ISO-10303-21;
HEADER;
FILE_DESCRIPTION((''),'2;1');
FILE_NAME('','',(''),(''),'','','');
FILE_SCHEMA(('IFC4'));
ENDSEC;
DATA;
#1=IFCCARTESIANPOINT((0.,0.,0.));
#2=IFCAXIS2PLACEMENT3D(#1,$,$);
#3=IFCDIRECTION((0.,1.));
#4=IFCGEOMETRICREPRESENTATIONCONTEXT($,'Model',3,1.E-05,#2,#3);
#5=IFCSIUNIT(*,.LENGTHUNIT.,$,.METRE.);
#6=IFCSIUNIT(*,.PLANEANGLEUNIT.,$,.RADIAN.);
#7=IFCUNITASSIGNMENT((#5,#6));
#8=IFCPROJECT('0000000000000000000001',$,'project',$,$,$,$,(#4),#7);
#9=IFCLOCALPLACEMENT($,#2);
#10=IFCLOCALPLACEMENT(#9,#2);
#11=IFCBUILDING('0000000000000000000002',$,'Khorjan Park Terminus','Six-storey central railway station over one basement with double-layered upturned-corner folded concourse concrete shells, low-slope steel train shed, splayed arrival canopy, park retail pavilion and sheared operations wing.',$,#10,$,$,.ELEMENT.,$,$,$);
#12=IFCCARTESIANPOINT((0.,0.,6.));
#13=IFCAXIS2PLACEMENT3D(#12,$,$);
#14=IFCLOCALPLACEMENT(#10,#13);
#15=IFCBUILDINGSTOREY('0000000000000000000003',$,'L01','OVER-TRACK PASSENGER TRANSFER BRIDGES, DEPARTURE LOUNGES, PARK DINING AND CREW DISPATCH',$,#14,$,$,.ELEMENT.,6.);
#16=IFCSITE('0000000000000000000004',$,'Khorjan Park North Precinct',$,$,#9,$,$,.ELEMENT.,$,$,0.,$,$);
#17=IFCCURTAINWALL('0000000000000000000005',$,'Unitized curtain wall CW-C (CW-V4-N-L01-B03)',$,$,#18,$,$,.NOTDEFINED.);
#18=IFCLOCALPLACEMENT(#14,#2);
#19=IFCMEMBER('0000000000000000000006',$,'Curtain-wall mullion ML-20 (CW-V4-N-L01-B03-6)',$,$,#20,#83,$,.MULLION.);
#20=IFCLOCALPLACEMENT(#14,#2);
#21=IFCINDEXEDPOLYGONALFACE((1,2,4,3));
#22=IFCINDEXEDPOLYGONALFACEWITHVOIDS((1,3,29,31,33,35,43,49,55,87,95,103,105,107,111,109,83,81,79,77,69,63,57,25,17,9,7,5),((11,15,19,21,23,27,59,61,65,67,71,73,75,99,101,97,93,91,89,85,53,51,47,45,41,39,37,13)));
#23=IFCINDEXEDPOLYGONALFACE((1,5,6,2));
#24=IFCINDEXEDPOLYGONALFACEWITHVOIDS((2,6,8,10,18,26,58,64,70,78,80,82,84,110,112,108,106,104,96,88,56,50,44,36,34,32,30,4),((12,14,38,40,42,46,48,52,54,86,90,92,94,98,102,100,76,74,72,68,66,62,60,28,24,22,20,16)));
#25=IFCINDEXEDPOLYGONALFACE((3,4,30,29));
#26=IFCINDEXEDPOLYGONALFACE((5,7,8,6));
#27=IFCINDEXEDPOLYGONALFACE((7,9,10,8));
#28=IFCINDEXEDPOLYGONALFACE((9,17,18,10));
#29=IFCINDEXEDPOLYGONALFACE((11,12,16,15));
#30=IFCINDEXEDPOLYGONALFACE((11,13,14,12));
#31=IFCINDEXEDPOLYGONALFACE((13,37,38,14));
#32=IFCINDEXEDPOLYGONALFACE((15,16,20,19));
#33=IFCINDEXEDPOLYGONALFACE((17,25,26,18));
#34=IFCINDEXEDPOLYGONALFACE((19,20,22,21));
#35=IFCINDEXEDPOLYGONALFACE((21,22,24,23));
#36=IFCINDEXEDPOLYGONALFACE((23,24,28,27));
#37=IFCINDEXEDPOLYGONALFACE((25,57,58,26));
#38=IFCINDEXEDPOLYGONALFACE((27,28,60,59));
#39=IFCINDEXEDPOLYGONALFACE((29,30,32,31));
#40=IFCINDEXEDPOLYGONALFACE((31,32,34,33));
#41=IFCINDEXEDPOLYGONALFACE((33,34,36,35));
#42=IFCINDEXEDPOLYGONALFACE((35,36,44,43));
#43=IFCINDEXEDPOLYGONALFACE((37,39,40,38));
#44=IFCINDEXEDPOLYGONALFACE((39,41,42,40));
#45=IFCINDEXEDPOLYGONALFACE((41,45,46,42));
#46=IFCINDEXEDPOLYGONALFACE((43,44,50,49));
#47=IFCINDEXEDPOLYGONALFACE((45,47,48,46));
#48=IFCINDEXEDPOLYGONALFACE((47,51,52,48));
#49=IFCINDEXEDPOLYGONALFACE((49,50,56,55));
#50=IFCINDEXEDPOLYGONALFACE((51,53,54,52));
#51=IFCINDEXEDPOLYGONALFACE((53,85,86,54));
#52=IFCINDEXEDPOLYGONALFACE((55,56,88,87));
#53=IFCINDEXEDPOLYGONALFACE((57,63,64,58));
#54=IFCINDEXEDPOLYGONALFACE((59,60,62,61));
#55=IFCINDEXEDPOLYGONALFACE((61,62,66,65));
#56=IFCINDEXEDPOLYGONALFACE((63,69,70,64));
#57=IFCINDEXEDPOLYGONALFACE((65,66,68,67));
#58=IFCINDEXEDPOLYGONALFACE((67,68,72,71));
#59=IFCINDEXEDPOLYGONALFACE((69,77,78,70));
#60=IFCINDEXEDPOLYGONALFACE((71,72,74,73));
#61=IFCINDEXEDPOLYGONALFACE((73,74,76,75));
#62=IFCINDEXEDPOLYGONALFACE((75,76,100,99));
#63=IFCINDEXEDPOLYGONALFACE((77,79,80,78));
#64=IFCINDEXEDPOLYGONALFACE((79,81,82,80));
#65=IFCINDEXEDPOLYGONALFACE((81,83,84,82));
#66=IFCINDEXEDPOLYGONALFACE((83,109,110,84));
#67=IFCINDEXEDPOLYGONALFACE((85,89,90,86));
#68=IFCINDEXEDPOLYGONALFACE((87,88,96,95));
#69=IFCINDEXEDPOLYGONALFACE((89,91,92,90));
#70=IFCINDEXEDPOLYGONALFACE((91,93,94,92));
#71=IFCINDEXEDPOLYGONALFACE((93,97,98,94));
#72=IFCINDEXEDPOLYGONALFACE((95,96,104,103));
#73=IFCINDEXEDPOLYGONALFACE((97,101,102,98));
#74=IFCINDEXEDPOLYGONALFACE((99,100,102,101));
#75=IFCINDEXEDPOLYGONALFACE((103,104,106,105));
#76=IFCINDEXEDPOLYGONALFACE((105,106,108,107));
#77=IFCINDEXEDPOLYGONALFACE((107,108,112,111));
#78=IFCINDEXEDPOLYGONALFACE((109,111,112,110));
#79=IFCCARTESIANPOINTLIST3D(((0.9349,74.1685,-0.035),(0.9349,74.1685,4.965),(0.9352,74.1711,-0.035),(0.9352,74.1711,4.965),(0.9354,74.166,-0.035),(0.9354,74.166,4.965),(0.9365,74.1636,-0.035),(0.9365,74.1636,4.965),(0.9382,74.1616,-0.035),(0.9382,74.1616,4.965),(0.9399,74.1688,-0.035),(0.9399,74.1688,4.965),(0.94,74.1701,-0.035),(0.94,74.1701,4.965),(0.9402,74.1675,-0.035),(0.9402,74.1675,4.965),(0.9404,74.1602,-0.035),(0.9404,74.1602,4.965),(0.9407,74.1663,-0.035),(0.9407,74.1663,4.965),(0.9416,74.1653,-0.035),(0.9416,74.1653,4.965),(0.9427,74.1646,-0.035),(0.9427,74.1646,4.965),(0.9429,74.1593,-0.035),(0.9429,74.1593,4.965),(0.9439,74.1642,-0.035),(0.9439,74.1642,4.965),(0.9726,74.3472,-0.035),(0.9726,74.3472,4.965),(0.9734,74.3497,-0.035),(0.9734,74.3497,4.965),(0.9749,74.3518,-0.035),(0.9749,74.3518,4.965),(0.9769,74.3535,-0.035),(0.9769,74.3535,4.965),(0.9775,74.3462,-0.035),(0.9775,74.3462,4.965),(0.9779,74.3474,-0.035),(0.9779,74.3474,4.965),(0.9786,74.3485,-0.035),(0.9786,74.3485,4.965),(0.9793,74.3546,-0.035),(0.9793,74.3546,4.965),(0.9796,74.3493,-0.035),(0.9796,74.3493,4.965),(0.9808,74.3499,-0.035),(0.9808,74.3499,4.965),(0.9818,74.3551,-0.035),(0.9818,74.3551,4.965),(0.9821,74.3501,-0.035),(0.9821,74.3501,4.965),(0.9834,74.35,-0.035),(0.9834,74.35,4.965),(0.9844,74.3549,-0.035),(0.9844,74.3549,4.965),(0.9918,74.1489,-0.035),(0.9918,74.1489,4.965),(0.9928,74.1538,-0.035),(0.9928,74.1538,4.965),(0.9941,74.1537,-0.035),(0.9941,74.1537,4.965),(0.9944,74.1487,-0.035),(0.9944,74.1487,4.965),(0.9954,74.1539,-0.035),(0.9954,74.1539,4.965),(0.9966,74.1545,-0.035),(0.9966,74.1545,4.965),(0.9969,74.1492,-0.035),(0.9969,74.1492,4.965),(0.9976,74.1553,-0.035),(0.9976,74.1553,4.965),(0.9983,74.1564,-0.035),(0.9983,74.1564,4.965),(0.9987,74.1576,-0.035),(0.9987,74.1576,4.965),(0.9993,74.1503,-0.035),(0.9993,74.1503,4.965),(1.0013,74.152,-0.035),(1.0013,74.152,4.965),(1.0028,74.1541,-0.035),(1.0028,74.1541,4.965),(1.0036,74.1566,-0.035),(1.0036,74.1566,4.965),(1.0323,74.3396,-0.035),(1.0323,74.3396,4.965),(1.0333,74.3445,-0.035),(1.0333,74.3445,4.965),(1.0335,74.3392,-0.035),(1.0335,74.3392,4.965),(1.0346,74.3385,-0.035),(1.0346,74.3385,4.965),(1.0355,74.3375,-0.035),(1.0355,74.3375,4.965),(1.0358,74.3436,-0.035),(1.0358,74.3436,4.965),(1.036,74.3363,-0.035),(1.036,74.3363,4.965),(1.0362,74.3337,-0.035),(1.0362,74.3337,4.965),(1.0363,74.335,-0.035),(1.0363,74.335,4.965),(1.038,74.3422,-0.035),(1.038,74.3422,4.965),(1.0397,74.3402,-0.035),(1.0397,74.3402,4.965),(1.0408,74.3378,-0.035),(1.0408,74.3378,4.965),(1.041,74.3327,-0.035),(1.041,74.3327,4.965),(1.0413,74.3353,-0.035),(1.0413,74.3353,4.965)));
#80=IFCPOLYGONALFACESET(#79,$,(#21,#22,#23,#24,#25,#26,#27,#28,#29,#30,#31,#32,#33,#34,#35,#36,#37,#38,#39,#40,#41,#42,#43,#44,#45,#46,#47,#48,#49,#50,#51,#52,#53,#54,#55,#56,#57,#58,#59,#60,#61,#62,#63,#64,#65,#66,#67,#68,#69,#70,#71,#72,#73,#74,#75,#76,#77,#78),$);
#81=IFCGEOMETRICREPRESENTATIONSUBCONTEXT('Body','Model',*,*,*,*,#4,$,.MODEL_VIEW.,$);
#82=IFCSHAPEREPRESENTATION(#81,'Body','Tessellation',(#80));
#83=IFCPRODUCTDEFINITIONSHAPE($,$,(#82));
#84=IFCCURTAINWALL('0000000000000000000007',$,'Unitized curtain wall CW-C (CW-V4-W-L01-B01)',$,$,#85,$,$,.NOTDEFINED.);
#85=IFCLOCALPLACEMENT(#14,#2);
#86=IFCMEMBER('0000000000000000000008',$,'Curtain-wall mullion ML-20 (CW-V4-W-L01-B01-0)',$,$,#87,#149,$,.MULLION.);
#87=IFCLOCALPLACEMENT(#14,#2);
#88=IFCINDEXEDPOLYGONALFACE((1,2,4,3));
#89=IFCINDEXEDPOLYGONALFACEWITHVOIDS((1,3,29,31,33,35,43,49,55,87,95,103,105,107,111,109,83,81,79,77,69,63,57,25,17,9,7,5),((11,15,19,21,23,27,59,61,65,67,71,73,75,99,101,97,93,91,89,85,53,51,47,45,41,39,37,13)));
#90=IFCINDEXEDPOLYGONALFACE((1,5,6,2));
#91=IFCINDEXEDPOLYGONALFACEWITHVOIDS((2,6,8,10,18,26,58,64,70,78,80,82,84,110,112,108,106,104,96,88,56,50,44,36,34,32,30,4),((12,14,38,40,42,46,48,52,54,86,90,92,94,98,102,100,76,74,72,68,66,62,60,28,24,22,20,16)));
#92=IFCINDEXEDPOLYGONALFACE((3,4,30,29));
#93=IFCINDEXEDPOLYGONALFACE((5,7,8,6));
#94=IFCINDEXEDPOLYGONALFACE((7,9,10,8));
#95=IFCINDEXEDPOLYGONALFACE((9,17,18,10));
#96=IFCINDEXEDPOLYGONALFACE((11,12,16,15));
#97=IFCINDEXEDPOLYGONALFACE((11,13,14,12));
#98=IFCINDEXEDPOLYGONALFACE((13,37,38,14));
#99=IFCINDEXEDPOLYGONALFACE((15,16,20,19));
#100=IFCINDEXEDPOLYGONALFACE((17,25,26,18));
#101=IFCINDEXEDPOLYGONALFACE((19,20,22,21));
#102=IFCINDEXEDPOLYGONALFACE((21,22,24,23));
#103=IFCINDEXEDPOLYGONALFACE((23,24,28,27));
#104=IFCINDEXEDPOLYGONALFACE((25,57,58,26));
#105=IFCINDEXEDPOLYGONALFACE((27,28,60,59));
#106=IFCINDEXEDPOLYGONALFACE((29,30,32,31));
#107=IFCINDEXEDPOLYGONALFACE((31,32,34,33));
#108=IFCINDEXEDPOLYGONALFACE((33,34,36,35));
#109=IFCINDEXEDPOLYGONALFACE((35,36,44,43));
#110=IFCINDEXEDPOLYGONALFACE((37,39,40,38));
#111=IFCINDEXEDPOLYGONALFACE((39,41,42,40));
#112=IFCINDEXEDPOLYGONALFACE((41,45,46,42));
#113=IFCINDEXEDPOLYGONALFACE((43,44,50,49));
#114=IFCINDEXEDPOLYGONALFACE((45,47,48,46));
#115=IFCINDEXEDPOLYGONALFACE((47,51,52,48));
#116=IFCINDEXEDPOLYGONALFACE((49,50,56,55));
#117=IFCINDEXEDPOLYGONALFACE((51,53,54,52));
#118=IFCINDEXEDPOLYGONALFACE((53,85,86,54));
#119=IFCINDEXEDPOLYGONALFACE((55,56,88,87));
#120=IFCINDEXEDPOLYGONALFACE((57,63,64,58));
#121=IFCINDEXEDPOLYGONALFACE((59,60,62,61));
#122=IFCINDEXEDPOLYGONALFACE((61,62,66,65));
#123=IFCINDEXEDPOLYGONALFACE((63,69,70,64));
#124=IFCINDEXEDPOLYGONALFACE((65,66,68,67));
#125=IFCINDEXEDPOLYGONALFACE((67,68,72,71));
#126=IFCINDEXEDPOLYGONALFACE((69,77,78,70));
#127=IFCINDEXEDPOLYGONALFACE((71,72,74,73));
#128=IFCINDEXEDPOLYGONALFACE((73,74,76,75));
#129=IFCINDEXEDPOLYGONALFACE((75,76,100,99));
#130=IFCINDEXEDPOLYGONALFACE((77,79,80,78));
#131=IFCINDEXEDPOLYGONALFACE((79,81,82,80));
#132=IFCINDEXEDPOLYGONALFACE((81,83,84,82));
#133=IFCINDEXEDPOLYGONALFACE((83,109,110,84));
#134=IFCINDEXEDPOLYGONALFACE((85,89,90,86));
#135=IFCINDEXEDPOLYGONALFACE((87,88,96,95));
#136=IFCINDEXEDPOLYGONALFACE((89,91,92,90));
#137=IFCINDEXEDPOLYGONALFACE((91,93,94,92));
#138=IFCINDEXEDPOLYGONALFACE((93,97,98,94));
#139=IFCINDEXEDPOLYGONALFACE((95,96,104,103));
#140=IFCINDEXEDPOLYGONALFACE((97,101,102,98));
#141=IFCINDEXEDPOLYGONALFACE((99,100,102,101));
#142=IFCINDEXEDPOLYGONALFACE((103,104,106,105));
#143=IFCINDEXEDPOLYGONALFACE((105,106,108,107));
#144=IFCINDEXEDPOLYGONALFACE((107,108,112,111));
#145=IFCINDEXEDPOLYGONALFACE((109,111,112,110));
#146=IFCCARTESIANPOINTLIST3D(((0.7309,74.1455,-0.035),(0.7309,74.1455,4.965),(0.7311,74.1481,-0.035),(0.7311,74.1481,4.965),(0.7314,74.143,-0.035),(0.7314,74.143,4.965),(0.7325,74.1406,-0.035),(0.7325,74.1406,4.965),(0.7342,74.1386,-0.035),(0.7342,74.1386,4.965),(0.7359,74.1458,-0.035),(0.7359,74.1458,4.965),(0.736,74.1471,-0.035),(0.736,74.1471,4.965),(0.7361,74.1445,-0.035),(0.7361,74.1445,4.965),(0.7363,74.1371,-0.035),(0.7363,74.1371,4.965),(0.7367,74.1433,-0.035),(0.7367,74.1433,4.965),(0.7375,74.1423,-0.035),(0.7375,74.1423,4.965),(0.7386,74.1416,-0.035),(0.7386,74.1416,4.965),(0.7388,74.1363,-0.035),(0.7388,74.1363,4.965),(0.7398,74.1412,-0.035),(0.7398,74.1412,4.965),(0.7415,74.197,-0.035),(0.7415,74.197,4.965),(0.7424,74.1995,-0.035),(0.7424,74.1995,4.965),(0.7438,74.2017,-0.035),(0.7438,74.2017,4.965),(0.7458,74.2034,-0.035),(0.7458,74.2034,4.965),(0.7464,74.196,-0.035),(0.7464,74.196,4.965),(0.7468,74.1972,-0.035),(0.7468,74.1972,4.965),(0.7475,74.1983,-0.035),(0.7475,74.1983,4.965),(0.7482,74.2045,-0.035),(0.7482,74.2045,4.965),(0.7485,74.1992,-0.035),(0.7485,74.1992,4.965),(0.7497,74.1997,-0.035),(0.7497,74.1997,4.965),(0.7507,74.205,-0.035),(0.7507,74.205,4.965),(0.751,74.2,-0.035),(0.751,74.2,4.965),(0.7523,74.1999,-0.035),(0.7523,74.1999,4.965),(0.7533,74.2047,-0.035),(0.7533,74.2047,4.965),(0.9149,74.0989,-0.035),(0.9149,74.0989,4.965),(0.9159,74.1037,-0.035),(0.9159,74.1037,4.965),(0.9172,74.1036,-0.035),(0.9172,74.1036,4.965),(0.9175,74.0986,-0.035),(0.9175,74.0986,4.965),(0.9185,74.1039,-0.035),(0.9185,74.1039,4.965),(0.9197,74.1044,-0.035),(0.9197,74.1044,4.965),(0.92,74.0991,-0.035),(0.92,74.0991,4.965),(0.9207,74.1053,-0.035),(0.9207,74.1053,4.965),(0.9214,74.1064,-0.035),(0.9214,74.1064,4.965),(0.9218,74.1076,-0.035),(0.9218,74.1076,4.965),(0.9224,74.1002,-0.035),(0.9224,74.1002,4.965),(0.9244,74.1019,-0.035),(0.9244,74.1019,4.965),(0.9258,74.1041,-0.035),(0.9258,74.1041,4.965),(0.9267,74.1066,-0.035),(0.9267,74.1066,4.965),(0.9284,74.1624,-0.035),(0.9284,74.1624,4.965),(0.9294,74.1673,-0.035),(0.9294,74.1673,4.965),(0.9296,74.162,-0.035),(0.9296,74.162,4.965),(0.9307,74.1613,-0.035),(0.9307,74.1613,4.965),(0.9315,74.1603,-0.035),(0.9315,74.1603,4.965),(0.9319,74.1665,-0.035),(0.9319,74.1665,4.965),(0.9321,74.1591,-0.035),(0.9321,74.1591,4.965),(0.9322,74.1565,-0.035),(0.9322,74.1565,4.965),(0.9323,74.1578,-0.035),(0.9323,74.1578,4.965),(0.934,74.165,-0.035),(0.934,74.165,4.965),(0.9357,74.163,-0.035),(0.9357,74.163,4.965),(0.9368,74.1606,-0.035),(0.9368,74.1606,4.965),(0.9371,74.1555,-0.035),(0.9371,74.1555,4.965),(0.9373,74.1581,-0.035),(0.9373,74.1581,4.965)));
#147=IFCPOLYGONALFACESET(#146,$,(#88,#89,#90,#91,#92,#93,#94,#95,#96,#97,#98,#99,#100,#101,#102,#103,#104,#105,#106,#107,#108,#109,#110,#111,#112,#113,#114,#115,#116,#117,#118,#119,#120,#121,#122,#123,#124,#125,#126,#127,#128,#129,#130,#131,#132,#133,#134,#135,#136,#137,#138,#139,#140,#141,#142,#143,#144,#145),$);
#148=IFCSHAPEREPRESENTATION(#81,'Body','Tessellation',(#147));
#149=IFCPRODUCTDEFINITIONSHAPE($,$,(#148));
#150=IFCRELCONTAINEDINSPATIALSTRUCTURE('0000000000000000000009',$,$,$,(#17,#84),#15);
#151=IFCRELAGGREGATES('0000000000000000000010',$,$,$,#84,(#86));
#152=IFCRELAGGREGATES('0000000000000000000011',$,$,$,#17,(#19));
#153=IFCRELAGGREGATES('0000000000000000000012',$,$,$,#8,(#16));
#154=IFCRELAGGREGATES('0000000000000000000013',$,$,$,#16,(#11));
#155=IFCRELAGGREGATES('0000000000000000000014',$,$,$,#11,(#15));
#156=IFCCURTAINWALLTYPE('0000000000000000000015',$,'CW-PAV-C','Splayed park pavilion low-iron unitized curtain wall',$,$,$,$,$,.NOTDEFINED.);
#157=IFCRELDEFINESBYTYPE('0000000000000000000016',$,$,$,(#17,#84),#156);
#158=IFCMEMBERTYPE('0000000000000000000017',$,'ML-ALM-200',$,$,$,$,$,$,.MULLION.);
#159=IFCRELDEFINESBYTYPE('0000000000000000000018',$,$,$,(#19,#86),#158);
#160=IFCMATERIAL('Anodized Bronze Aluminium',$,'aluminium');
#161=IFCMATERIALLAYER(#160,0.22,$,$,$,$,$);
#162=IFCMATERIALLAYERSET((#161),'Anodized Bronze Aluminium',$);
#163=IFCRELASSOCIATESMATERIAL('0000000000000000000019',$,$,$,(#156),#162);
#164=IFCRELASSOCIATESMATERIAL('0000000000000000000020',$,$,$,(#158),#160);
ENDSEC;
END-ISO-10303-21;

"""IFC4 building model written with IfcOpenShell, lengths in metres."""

from ifc_helpers import new_model, si_unit, direction, frame, origin, origin_2d, place, context, subcontext, project, spatial, hollow_rectangle, extrude, material, layer, layer_set, material_profile, profile_set, type_object, element, aggregate, save


model = new_model("IFC4")

# Units and contexts
model_context = context("Model", 3, precision=1e-05, world=origin(), true_north=direction((0.0, 1.0)))
body_context = subcontext(model_context, "Body", "Model", "MODEL_VIEW")
ifc_project = project(units=[si_unit("LENGTHUNIT", "METRE"), si_unit("PLANEANGLEUNIT", "RADIAN")], contexts=[model_context])

# Site, building, storey
site_placement = place(None, origin())
site = spatial("IfcSite", under=ifc_project, at=site_placement, Name="Khorjan Park North Precinct", CompositionType="ELEMENT", RefElevation=0.0)
building_placement = place(site_placement, origin())
building = spatial("IfcBuilding", under=site, at=building_placement, Name="Khorjan Park Terminus", Description="Six-storey central railway station over one basement with double-layered upturned-corner folded concourse concrete shells, low-slope steel train shed, splayed arrival canopy, park retail pavilion and sheared operations wing.", CompositionType="ELEMENT")
storey_placement = place(building_placement, frame((0.0, 0.0, 6.0)))
storey = spatial("IfcBuildingStorey", under=building, at=storey_placement, Name="L01", Description="OVER-TRACK PASSENGER TRANSFER BRIDGES, DEPARTURE LOUNGES, PARK DINING AND CREW DISPATCH", CompositionType="ELEMENT", Elevation=6.0)

# Curtain wall, member
ifc_material_1 = material(Name="Anodized Bronze Aluminium", Category="aluminium")
ifc_layer_1 = layer(ifc_material_1, 0.22)
ifc_layer_set_1 = layer_set([ifc_layer_1], Name="Anodized Bronze Aluminium")
curtain_wall_type = type_object("IfcCurtainWallType", Name="CW-PAV-C", Description="Splayed park pavilion low-iron unitized curtain wall", PredefinedType="NOTDEFINED", material=ifc_layer_set_1)
curtain_wall_1_placement = place(storey_placement, origin())
curtain_wall_1 = element("IfcCurtainWall", 1, at=curtain_wall_1_placement, inside=storey, type_object=curtain_wall_type, Name="Unitized curtain wall CW-C (CW-V4-N-L01-B03)", PredefinedType="NOTDEFINED")
ifc_material_profile_1 = material_profile(ifc_material_1, hollow_rectangle(XDim=0.07, YDim=0.2, WallThickness=0.005, InnerFilletRadius=0.005, OuterFilletRadius=0.01, at=origin_2d()), Name="ALM 70x200x5")
ifc_profile_set_1 = profile_set([ifc_material_profile_1], Name="Anodized Bronze Aluminium")
member_type_1 = type_object("IfcMemberType", Name="ML-ALM-200", PredefinedType="MULLION", material=ifc_profile_set_1)
member_1_placement = place(storey_placement, frame((0.9881, 74.2519, -0.035), z_axis=(0.0, 0.0, 1.0), x_axis=(-0.978146, 0.207917, 0.0)))
member_1 = element("IfcMember", 2, at=member_1_placement, type_object=member_type_1, Name="Curtain-wall mullion ML-20 (CW-V4-N-L01-B03-6)", PredefinedType="MULLION", context=body_context, shape_type="SweptSolid", body=[
    extrude(hollow_rectangle(XDim=0.07, YDim=0.2, WallThickness=0.005, InnerFilletRadius=0.005, OuterFilletRadius=0.01, at=origin_2d()), origin(), (0.0, 0.0, 1.0), 5.0),
])

# Curtain wall, member
curtain_wall_2_placement = place(storey_placement, origin())
curtain_wall_2 = element("IfcCurtainWall", 3, at=curtain_wall_2_placement, inside=storey, type_object=curtain_wall_type, Name="Unitized curtain wall CW-C (CW-V4-W-L01-B01)", PredefinedType="NOTDEFINED")
member_2_placement = place(storey_placement, frame((0.8341, 74.1518, -0.035), z_axis=(0.0, 0.0, 1.0), x_axis=(-0.207907, -0.978149, 0.0)))
member_2 = element("IfcMember", 4, at=member_2_placement, type_object=member_type_1, Name="Curtain-wall mullion ML-20 (CW-V4-W-L01-B01-0)", PredefinedType="MULLION", context=body_context, shape_type="SweptSolid", body=[
    extrude(hollow_rectangle(XDim=0.07, YDim=0.2, WallThickness=0.005, InnerFilletRadius=0.005, OuterFilletRadius=0.01, at=origin_2d()), origin(), (0.0, 0.0, 1.0), 5.0),
])

aggregate(curtain_wall_2, [member_2])
aggregate(curtain_wall_1, [member_1])

save(model, "model.ifc")
